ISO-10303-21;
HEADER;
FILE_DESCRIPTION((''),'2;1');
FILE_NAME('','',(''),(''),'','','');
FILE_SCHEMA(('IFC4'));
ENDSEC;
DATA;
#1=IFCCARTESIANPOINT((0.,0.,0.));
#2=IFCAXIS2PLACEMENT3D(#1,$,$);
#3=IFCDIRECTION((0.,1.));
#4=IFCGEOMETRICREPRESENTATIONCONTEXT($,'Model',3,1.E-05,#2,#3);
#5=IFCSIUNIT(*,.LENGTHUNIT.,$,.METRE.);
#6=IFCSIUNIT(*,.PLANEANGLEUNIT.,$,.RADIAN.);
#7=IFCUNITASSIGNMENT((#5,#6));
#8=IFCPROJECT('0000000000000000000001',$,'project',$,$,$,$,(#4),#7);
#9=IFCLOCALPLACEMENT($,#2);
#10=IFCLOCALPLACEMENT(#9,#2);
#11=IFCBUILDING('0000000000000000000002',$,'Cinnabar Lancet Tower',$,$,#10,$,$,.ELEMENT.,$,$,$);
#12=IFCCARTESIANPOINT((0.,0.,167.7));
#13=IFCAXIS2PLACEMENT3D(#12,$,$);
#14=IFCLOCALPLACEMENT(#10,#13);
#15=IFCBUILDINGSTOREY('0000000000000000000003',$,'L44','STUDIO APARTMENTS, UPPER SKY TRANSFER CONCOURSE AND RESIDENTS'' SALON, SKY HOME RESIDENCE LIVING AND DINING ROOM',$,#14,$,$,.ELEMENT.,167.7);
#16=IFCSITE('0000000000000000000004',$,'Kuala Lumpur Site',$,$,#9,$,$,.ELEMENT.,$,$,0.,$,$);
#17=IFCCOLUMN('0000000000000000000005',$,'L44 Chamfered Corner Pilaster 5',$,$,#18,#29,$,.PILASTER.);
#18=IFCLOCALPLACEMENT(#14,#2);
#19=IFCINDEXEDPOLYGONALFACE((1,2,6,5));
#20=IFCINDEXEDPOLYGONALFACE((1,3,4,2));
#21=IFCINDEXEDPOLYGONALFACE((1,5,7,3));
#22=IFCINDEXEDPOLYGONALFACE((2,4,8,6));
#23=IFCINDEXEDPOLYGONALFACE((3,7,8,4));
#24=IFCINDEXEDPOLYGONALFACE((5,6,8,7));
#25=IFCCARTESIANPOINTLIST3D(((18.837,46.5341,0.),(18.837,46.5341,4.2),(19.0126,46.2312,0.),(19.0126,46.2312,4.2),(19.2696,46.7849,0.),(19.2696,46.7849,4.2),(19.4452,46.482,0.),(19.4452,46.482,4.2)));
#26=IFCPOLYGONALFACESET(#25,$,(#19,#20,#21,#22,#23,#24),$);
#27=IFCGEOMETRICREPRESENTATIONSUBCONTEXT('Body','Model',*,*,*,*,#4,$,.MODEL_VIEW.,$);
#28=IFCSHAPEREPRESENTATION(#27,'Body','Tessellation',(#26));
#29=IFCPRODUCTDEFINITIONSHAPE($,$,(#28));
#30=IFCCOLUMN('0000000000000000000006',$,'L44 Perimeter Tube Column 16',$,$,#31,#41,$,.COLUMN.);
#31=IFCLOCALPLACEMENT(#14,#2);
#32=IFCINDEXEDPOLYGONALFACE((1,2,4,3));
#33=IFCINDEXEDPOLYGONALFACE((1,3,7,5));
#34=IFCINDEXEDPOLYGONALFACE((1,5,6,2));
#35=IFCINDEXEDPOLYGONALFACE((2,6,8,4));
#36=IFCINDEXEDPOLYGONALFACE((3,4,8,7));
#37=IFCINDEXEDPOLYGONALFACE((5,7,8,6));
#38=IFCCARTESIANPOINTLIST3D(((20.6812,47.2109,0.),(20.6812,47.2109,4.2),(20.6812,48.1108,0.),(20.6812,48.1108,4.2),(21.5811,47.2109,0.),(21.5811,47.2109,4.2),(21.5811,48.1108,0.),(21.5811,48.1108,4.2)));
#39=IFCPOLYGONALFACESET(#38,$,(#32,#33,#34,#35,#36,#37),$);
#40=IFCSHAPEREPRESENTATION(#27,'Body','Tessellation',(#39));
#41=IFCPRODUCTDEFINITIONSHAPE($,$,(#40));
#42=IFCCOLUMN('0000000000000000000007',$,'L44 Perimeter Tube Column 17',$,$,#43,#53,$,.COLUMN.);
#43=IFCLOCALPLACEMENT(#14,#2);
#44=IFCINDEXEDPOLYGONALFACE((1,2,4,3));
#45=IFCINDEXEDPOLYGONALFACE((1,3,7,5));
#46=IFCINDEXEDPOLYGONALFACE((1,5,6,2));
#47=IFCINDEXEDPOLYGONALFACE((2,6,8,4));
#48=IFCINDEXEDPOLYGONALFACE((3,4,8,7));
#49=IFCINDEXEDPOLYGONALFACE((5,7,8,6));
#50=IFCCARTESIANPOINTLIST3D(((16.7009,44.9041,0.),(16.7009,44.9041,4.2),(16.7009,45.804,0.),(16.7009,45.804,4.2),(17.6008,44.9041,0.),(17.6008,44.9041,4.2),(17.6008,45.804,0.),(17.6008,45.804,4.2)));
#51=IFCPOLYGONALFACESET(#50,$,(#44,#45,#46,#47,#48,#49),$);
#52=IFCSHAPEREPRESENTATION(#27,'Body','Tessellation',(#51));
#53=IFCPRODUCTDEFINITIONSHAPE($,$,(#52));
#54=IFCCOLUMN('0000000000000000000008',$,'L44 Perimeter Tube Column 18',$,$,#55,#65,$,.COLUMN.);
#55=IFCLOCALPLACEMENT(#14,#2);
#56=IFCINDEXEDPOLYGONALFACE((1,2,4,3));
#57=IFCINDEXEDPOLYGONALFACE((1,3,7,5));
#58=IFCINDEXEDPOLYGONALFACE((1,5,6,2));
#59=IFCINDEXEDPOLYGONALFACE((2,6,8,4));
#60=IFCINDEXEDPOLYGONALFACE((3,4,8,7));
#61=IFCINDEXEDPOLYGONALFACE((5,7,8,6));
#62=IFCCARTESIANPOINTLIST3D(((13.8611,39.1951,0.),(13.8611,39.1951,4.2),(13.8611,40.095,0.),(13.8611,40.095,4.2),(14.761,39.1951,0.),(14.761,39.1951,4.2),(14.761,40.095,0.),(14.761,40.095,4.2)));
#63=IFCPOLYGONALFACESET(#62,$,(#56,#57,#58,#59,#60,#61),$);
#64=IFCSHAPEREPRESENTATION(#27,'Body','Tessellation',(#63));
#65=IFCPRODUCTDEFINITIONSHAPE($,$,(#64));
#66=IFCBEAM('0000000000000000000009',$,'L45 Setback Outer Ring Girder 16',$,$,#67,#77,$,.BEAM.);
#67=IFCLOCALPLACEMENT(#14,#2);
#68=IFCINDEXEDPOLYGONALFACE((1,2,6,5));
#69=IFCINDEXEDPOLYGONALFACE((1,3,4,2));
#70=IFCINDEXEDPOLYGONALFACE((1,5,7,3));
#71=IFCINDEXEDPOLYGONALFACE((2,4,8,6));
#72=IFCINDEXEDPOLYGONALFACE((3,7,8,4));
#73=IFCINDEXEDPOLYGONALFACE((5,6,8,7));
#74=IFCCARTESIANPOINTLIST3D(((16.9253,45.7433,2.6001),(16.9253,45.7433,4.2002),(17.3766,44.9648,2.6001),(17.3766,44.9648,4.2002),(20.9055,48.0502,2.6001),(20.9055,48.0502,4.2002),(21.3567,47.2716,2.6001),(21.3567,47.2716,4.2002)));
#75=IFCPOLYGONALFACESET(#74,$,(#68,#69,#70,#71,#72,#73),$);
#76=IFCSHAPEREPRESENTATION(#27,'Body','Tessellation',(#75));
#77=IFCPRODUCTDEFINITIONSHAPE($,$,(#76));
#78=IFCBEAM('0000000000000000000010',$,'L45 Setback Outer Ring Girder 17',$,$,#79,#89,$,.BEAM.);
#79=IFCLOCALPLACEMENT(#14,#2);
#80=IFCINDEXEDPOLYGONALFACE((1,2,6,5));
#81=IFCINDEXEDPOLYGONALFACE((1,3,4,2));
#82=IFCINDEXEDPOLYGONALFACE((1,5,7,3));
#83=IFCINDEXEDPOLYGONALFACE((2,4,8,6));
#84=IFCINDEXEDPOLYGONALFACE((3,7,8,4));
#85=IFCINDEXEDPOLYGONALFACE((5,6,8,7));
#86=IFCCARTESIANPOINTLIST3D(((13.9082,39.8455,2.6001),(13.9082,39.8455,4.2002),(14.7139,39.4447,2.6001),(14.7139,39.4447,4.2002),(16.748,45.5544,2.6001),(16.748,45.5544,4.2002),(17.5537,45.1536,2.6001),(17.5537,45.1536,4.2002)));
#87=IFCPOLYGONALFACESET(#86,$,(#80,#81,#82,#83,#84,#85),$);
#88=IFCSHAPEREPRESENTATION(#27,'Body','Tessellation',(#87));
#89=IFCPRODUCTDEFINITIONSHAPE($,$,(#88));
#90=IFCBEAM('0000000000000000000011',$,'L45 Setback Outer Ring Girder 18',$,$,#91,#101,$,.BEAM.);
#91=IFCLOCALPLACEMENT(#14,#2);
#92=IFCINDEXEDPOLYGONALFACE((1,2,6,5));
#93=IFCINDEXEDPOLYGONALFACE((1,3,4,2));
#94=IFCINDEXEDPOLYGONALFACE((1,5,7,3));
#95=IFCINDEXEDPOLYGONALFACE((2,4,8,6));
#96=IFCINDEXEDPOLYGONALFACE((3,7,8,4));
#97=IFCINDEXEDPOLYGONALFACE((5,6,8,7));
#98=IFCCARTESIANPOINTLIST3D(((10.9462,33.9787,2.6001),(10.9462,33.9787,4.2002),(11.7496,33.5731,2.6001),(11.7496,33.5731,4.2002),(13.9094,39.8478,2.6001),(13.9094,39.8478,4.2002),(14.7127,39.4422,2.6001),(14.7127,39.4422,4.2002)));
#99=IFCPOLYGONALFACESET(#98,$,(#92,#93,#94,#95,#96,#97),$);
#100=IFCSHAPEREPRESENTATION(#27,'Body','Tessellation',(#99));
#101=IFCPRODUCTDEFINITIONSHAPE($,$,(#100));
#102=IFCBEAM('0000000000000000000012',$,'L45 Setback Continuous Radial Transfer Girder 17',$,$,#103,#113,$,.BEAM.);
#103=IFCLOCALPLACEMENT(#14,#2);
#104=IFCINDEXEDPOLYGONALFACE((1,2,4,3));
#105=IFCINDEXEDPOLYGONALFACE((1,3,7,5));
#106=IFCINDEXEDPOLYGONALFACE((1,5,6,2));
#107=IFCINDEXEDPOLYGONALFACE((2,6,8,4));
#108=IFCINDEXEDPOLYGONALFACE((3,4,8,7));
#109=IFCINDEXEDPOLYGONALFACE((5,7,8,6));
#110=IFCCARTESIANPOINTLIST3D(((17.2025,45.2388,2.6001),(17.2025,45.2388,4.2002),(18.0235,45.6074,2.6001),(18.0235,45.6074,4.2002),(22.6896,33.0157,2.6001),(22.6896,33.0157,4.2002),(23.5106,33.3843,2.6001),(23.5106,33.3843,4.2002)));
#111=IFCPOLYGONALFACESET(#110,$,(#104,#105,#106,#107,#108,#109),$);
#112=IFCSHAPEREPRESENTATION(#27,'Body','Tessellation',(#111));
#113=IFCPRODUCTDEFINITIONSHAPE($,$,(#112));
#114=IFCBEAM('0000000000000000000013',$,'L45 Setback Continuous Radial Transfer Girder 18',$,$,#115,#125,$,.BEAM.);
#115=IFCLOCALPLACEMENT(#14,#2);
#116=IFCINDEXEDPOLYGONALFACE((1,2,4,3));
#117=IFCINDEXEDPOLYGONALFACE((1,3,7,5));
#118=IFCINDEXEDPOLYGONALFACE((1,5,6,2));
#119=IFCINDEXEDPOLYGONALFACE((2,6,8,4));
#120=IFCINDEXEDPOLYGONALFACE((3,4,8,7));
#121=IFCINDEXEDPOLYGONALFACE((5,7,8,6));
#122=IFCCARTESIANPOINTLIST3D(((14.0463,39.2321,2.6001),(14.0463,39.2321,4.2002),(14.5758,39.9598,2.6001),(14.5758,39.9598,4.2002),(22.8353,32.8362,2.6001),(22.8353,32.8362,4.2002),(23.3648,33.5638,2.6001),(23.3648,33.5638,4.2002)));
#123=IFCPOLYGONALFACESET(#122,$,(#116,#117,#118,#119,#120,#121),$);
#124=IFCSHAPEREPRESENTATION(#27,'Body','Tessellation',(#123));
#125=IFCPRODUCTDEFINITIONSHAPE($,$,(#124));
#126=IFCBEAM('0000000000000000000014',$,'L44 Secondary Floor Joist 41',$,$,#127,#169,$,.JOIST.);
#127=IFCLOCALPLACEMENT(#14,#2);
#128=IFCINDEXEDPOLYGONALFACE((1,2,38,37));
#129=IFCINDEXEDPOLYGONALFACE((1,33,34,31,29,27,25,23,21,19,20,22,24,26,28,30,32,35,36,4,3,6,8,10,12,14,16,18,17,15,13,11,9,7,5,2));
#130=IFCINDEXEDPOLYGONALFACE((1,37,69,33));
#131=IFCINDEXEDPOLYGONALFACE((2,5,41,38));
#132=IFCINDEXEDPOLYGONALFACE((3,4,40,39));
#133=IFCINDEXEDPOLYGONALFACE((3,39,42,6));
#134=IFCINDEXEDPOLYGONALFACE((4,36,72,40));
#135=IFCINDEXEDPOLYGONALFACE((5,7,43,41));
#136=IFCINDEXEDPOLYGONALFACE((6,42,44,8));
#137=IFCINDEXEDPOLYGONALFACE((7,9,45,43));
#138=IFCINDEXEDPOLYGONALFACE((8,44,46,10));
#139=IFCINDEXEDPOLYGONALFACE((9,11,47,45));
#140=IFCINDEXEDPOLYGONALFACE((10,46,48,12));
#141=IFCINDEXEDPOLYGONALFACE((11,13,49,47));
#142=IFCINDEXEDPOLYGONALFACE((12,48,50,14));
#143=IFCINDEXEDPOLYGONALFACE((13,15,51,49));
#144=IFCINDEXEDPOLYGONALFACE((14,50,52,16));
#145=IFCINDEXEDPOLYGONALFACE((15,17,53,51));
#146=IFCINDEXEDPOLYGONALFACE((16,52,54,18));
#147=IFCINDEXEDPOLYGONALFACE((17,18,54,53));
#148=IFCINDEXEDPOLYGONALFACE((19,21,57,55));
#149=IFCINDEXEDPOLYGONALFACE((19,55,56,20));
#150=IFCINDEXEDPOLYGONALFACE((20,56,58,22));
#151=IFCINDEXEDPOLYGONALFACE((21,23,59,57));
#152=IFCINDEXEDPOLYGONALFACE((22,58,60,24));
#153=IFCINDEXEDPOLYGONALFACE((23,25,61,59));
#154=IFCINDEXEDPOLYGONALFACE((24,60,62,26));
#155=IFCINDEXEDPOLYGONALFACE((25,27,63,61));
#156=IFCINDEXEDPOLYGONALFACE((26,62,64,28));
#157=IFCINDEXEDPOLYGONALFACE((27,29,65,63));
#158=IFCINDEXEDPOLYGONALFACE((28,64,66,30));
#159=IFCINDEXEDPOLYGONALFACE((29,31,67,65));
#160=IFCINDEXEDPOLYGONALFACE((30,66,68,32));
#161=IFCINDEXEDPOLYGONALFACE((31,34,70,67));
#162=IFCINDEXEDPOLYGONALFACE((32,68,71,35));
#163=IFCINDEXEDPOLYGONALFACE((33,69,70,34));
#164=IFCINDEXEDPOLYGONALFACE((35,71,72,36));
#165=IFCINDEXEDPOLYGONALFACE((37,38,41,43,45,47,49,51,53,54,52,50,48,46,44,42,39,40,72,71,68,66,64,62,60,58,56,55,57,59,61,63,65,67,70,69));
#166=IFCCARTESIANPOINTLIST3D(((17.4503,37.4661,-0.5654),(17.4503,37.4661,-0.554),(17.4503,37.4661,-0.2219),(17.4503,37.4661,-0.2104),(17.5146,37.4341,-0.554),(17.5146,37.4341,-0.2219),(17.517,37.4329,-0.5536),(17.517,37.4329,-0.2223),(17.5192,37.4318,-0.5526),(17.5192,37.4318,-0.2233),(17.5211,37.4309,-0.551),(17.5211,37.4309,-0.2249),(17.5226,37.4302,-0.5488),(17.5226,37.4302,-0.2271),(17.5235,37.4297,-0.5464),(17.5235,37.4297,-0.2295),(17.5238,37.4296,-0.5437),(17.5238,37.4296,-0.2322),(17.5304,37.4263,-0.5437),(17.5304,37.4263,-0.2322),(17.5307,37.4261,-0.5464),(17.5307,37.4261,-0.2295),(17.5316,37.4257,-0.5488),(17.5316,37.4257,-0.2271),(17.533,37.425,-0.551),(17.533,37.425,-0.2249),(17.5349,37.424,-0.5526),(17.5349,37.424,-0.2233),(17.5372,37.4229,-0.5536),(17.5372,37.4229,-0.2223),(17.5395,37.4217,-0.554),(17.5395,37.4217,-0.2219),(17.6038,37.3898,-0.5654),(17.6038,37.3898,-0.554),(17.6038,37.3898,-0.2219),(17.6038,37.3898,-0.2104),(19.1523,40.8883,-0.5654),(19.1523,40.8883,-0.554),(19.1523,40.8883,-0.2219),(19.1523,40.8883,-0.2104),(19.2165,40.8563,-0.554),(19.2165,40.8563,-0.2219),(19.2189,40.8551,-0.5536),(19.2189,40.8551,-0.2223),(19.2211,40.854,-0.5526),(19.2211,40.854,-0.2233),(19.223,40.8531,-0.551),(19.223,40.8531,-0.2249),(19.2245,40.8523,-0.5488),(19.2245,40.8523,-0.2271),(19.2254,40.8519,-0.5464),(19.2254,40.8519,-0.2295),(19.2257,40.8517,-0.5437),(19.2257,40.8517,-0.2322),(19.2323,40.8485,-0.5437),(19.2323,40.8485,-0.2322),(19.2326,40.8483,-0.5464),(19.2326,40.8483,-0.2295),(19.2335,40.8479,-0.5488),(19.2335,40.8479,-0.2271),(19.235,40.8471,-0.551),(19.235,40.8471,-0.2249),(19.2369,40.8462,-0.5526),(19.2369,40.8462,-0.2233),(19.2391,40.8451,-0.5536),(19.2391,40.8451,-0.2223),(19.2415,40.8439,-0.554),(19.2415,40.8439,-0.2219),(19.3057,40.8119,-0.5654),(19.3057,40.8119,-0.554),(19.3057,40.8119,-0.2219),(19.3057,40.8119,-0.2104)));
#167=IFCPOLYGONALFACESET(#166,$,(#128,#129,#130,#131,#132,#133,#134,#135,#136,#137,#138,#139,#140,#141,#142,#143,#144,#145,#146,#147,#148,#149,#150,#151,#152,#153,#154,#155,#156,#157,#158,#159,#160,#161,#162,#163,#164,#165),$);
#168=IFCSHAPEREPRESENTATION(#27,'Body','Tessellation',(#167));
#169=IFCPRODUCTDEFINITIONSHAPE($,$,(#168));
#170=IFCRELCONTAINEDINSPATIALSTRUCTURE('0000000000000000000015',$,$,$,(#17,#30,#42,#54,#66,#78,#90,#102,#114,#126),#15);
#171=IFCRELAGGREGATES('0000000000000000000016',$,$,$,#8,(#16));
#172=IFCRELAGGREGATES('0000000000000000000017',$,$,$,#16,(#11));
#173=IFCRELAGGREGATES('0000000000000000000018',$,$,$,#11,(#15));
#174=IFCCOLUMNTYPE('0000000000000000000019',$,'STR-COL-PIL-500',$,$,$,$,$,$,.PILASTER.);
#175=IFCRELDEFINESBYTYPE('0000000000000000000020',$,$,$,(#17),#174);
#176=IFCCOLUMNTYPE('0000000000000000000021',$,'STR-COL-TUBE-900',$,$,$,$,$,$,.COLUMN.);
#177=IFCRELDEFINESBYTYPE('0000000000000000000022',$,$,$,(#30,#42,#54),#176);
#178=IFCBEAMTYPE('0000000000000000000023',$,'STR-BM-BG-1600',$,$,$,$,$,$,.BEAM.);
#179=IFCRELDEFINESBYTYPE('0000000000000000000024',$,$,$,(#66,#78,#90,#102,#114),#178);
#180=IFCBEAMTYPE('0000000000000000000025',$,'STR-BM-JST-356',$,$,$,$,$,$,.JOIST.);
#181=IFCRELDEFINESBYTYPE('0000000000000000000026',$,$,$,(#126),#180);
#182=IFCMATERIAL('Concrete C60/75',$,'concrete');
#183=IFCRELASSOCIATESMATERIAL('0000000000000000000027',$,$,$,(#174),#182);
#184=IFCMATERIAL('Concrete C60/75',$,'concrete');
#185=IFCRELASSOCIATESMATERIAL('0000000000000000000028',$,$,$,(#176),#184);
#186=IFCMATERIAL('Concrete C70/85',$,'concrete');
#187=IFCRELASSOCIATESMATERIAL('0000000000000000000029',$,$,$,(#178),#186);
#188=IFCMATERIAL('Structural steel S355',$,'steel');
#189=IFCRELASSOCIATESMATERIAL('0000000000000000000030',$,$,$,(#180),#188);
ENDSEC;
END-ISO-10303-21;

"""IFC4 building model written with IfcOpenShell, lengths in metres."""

from ifc_helpers import new_model, si_unit, direction, frame, origin, origin_2d, place, context, subcontext, project, spatial, rectangle, i_section, extrude, material, material_profile, profile_set, type_object, element, save


model = new_model("IFC4")

# Units and contexts
model_context = context("Model", 3, precision=1e-05, world=origin(), true_north=direction((0.0, 1.0)))
body_context = subcontext(model_context, "Body", "Model", "MODEL_VIEW")
ifc_project = project(units=[si_unit("LENGTHUNIT", "METRE"), si_unit("PLANEANGLEUNIT", "RADIAN")], contexts=[model_context])

# Site, building, storey
site_placement = place(None, origin())
site = spatial("IfcSite", under=ifc_project, at=site_placement, Name="Kuala Lumpur Site", CompositionType="ELEMENT", RefElevation=0.0)
building_placement = place(site_placement, origin())
building = spatial("IfcBuilding", under=site, at=building_placement, Name="Cinnabar Lancet Tower", CompositionType="ELEMENT")
storey_placement = place(building_placement, frame((0.0, 0.0, 167.7)))
storey = spatial("IfcBuildingStorey", under=building, at=storey_placement, Name="L44", Description="STUDIO APARTMENTS, UPPER SKY TRANSFER CONCOURSE AND RESIDENTS' SALON, SKY HOME RESIDENCE LIVING AND DINING ROOM", CompositionType="ELEMENT", Elevation=167.7)

# Columns
ifc_material_1 = material(Name="Concrete C60/75", Category="concrete")
ifc_material_profile_1 = material_profile(ifc_material_1, rectangle(XDim=0.5, YDim=0.3501, at=origin_2d()), Name="RC-PIL 500x350")
ifc_profile_set_1 = profile_set([ifc_material_profile_1], Name="Concrete C60/75")
column_type_1 = type_object("IfcColumnType", Name="STR-COL-PIL-500", PredefinedType="PILASTER", material=ifc_profile_set_1)
column_placement = place(storey_placement, frame((19.1411, 46.5081, 0.0), z_axis=(0.0, 0.0, 1.0), x_axis=(-0.86516, -0.501496, 0.0)))
element("IfcColumn", 1, at=column_placement, inside=storey, type_object=column_type_1, Name="L44 Chamfered Corner Pilaster 5", PredefinedType="PILASTER", context=body_context, shape_type="SweptSolid", body=[
    extrude(rectangle(XDim=0.5, YDim=0.3501, at=origin_2d()), origin(), (0.0, 0.0, 1.0), 4.2),
])
ifc_material_2 = material(Name="Concrete C60/75", Category="concrete")
ifc_material_profile_2 = material_profile(ifc_material_2, rectangle(XDim=0.8999, YDim=0.8999, at=origin_2d()), Name="RC-COL 900x900")
ifc_profile_set_2 = profile_set([ifc_material_profile_2], Name="Concrete C60/75")
column_type_2 = type_object("IfcColumnType", Name="STR-COL-TUBE-900", PredefinedType="COLUMN", material=ifc_profile_set_2)
for number, where, z_axis, x_axis, name in (
    (2, (21.1311, 47.6609, 0.0), (0.0, 0.0, 1.0), (1.0, 0.0, 0.0), "L44 Perimeter Tube Column 16"),
    (3, (17.1509, 45.354, 0.0), (0.0, 0.0, 1.0), (1.0, 0.0, 0.0), "L44 Perimeter Tube Column 17"),
    (4, (14.311, 39.645, 0.0), (0.0, 0.0, 1.0), (1.0, 0.0, 0.0), "L44 Perimeter Tube Column 18"),
):
    element("IfcColumn", number, at=place(storey_placement, frame(where, z_axis=z_axis, x_axis=x_axis)), inside=storey, type_object=column_type_2, Name=name, PredefinedType="COLUMN", context=body_context, shape_type="SweptSolid", body=[
        extrude(rectangle(XDim=0.8999, YDim=0.8999, at=origin_2d()), origin(), (0.0, 0.0, 1.0), 4.2),
    ])

# Beams
ifc_material_3 = material(Name="Concrete C70/85", Category="concrete")
ifc_material_profile_3 = material_profile(ifc_material_3, rectangle(XDim=0.8999, YDim=1.6001, at=origin_2d()), Name="RC-BG 900x1600")
ifc_profile_set_3 = profile_set([ifc_material_profile_3], Name="Concrete C70/85")
beam_type_1 = type_object("IfcBeamType", Name="STR-BM-BG-1600", PredefinedType="BEAM", material=ifc_profile_set_3)
beam_1_placement = place(storey_placement, frame((21.1311, 47.6609, 3.4001), z_axis=(-0.865186, -0.50145, 0.0), x_axis=(0.50145, -0.865186, 0.0)))
element("IfcBeam", 5, at=beam_1_placement, inside=storey, type_object=beam_type_1, Name="L45 Setback Outer Ring Girder 16", PredefinedType="BEAM", context=body_context, shape_type="SweptSolid", body=[
    extrude(rectangle(XDim=0.8999, YDim=1.6001, at=origin_2d()), origin(), (0.0, 0.0, 1.0), 4.6003),
])
beam_2_placement = place(storey_placement, frame((17.1509, 45.354, 3.4001), z_axis=(-0.445375, -0.895344, 0.0), x_axis=(0.895344, -0.445375, 0.0)))
element("IfcBeam", 6, at=beam_2_placement, inside=storey, type_object=beam_type_1, Name="L45 Setback Outer Ring Girder 17", PredefinedType="BEAM", context=body_context, shape_type="SweptSolid", body=[
    extrude(rectangle(XDim=0.8999, YDim=1.6001, at=origin_2d()), origin(), (0.0, 0.0, 1.0), 6.3762),
])
beam_3_placement = place(storey_placement, frame((14.311, 39.645, 3.4001), z_axis=(-0.450686, -0.892683, 0.0), x_axis=(0.892683, -0.450686, 0.0)))
element("IfcBeam", 7, at=beam_3_placement, inside=storey, type_object=beam_type_1, Name="L45 Setback Outer Ring Girder 18", PredefinedType="BEAM", context=body_context, shape_type="SweptSolid", body=[
    extrude(rectangle(XDim=0.8999, YDim=1.6001, at=origin_2d()), origin(), (0.0, 0.0, 1.0), 6.5747),
])
beam_4_placement = place(storey_placement, frame((17.613, 45.4231, 3.4001), z_axis=(0.409536, -0.912294, 0.0), x_axis=(0.912294, 0.409536, 0.0)))
element("IfcBeam", 8, at=beam_4_placement, inside=storey, type_object=beam_type_1, Name="L45 Setback Continuous Radial Transfer Girder 17", PredefinedType="BEAM", context=body_context, shape_type="SweptSolid", body=[
    extrude(rectangle(XDim=0.8999, YDim=1.6001, at=origin_2d()), origin(), (0.0, 0.0, 1.0), 13.3982),
])
beam_5_placement = place(storey_placement, frame((14.311, 39.5959, 3.4001), z_axis=(0.808563, -0.588409, 0.0), x_axis=(0.588409, 0.808563, 0.0)))
element("IfcBeam", 9, at=beam_5_placement, inside=storey, type_object=beam_type_1, Name="L45 Setback Continuous Radial Transfer Girder 18", PredefinedType="BEAM", context=body_context, shape_type="SweptSolid", body=[
    extrude(rectangle(XDim=0.8999, YDim=1.6001, at=origin_2d()), origin(), (0.0, 0.0, 1.0), 10.8699),
])
ifc_material_4 = material(Name="Structural steel S355", Category="steel")
ifc_material_profile_4 = material_profile(ifc_material_4, i_section(OverallWidth=0.1714, OverallDepth=0.355, WebThickness=0.0073, FlangeThickness=0.0115, FilletRadius=0.0103, at=origin_2d()), Name="UKB 356x171x51")
ifc_profile_set_4 = profile_set([ifc_material_profile_4], Name="Structural steel S355")
beam_type_2 = type_object("IfcBeamType", Name="STR-BM-JST-356", PredefinedType="JOIST", material=ifc_profile_set_4)
beam_6_placement = place(storey_placement, frame((19.229, 40.8501, -0.3879), z_axis=(-0.445296, -0.895383, 0.0), x_axis=(0.895383, -0.445296, 0.0)))
element("IfcBeam", 10, at=beam_6_placement, inside=storey, type_object=beam_type_2, Name="L44 Secondary Floor Joist 41", PredefinedType="JOIST", context=body_context, shape_type="SweptSolid", body=[
    extrude(i_section(OverallWidth=0.1714, OverallDepth=0.355, WebThickness=0.0073, FlangeThickness=0.0115, FilletRadius=0.0103, at=origin_2d()), origin(), (0.0, 0.0, 1.0), 3.822),
])

save(model, "model.ifc")
